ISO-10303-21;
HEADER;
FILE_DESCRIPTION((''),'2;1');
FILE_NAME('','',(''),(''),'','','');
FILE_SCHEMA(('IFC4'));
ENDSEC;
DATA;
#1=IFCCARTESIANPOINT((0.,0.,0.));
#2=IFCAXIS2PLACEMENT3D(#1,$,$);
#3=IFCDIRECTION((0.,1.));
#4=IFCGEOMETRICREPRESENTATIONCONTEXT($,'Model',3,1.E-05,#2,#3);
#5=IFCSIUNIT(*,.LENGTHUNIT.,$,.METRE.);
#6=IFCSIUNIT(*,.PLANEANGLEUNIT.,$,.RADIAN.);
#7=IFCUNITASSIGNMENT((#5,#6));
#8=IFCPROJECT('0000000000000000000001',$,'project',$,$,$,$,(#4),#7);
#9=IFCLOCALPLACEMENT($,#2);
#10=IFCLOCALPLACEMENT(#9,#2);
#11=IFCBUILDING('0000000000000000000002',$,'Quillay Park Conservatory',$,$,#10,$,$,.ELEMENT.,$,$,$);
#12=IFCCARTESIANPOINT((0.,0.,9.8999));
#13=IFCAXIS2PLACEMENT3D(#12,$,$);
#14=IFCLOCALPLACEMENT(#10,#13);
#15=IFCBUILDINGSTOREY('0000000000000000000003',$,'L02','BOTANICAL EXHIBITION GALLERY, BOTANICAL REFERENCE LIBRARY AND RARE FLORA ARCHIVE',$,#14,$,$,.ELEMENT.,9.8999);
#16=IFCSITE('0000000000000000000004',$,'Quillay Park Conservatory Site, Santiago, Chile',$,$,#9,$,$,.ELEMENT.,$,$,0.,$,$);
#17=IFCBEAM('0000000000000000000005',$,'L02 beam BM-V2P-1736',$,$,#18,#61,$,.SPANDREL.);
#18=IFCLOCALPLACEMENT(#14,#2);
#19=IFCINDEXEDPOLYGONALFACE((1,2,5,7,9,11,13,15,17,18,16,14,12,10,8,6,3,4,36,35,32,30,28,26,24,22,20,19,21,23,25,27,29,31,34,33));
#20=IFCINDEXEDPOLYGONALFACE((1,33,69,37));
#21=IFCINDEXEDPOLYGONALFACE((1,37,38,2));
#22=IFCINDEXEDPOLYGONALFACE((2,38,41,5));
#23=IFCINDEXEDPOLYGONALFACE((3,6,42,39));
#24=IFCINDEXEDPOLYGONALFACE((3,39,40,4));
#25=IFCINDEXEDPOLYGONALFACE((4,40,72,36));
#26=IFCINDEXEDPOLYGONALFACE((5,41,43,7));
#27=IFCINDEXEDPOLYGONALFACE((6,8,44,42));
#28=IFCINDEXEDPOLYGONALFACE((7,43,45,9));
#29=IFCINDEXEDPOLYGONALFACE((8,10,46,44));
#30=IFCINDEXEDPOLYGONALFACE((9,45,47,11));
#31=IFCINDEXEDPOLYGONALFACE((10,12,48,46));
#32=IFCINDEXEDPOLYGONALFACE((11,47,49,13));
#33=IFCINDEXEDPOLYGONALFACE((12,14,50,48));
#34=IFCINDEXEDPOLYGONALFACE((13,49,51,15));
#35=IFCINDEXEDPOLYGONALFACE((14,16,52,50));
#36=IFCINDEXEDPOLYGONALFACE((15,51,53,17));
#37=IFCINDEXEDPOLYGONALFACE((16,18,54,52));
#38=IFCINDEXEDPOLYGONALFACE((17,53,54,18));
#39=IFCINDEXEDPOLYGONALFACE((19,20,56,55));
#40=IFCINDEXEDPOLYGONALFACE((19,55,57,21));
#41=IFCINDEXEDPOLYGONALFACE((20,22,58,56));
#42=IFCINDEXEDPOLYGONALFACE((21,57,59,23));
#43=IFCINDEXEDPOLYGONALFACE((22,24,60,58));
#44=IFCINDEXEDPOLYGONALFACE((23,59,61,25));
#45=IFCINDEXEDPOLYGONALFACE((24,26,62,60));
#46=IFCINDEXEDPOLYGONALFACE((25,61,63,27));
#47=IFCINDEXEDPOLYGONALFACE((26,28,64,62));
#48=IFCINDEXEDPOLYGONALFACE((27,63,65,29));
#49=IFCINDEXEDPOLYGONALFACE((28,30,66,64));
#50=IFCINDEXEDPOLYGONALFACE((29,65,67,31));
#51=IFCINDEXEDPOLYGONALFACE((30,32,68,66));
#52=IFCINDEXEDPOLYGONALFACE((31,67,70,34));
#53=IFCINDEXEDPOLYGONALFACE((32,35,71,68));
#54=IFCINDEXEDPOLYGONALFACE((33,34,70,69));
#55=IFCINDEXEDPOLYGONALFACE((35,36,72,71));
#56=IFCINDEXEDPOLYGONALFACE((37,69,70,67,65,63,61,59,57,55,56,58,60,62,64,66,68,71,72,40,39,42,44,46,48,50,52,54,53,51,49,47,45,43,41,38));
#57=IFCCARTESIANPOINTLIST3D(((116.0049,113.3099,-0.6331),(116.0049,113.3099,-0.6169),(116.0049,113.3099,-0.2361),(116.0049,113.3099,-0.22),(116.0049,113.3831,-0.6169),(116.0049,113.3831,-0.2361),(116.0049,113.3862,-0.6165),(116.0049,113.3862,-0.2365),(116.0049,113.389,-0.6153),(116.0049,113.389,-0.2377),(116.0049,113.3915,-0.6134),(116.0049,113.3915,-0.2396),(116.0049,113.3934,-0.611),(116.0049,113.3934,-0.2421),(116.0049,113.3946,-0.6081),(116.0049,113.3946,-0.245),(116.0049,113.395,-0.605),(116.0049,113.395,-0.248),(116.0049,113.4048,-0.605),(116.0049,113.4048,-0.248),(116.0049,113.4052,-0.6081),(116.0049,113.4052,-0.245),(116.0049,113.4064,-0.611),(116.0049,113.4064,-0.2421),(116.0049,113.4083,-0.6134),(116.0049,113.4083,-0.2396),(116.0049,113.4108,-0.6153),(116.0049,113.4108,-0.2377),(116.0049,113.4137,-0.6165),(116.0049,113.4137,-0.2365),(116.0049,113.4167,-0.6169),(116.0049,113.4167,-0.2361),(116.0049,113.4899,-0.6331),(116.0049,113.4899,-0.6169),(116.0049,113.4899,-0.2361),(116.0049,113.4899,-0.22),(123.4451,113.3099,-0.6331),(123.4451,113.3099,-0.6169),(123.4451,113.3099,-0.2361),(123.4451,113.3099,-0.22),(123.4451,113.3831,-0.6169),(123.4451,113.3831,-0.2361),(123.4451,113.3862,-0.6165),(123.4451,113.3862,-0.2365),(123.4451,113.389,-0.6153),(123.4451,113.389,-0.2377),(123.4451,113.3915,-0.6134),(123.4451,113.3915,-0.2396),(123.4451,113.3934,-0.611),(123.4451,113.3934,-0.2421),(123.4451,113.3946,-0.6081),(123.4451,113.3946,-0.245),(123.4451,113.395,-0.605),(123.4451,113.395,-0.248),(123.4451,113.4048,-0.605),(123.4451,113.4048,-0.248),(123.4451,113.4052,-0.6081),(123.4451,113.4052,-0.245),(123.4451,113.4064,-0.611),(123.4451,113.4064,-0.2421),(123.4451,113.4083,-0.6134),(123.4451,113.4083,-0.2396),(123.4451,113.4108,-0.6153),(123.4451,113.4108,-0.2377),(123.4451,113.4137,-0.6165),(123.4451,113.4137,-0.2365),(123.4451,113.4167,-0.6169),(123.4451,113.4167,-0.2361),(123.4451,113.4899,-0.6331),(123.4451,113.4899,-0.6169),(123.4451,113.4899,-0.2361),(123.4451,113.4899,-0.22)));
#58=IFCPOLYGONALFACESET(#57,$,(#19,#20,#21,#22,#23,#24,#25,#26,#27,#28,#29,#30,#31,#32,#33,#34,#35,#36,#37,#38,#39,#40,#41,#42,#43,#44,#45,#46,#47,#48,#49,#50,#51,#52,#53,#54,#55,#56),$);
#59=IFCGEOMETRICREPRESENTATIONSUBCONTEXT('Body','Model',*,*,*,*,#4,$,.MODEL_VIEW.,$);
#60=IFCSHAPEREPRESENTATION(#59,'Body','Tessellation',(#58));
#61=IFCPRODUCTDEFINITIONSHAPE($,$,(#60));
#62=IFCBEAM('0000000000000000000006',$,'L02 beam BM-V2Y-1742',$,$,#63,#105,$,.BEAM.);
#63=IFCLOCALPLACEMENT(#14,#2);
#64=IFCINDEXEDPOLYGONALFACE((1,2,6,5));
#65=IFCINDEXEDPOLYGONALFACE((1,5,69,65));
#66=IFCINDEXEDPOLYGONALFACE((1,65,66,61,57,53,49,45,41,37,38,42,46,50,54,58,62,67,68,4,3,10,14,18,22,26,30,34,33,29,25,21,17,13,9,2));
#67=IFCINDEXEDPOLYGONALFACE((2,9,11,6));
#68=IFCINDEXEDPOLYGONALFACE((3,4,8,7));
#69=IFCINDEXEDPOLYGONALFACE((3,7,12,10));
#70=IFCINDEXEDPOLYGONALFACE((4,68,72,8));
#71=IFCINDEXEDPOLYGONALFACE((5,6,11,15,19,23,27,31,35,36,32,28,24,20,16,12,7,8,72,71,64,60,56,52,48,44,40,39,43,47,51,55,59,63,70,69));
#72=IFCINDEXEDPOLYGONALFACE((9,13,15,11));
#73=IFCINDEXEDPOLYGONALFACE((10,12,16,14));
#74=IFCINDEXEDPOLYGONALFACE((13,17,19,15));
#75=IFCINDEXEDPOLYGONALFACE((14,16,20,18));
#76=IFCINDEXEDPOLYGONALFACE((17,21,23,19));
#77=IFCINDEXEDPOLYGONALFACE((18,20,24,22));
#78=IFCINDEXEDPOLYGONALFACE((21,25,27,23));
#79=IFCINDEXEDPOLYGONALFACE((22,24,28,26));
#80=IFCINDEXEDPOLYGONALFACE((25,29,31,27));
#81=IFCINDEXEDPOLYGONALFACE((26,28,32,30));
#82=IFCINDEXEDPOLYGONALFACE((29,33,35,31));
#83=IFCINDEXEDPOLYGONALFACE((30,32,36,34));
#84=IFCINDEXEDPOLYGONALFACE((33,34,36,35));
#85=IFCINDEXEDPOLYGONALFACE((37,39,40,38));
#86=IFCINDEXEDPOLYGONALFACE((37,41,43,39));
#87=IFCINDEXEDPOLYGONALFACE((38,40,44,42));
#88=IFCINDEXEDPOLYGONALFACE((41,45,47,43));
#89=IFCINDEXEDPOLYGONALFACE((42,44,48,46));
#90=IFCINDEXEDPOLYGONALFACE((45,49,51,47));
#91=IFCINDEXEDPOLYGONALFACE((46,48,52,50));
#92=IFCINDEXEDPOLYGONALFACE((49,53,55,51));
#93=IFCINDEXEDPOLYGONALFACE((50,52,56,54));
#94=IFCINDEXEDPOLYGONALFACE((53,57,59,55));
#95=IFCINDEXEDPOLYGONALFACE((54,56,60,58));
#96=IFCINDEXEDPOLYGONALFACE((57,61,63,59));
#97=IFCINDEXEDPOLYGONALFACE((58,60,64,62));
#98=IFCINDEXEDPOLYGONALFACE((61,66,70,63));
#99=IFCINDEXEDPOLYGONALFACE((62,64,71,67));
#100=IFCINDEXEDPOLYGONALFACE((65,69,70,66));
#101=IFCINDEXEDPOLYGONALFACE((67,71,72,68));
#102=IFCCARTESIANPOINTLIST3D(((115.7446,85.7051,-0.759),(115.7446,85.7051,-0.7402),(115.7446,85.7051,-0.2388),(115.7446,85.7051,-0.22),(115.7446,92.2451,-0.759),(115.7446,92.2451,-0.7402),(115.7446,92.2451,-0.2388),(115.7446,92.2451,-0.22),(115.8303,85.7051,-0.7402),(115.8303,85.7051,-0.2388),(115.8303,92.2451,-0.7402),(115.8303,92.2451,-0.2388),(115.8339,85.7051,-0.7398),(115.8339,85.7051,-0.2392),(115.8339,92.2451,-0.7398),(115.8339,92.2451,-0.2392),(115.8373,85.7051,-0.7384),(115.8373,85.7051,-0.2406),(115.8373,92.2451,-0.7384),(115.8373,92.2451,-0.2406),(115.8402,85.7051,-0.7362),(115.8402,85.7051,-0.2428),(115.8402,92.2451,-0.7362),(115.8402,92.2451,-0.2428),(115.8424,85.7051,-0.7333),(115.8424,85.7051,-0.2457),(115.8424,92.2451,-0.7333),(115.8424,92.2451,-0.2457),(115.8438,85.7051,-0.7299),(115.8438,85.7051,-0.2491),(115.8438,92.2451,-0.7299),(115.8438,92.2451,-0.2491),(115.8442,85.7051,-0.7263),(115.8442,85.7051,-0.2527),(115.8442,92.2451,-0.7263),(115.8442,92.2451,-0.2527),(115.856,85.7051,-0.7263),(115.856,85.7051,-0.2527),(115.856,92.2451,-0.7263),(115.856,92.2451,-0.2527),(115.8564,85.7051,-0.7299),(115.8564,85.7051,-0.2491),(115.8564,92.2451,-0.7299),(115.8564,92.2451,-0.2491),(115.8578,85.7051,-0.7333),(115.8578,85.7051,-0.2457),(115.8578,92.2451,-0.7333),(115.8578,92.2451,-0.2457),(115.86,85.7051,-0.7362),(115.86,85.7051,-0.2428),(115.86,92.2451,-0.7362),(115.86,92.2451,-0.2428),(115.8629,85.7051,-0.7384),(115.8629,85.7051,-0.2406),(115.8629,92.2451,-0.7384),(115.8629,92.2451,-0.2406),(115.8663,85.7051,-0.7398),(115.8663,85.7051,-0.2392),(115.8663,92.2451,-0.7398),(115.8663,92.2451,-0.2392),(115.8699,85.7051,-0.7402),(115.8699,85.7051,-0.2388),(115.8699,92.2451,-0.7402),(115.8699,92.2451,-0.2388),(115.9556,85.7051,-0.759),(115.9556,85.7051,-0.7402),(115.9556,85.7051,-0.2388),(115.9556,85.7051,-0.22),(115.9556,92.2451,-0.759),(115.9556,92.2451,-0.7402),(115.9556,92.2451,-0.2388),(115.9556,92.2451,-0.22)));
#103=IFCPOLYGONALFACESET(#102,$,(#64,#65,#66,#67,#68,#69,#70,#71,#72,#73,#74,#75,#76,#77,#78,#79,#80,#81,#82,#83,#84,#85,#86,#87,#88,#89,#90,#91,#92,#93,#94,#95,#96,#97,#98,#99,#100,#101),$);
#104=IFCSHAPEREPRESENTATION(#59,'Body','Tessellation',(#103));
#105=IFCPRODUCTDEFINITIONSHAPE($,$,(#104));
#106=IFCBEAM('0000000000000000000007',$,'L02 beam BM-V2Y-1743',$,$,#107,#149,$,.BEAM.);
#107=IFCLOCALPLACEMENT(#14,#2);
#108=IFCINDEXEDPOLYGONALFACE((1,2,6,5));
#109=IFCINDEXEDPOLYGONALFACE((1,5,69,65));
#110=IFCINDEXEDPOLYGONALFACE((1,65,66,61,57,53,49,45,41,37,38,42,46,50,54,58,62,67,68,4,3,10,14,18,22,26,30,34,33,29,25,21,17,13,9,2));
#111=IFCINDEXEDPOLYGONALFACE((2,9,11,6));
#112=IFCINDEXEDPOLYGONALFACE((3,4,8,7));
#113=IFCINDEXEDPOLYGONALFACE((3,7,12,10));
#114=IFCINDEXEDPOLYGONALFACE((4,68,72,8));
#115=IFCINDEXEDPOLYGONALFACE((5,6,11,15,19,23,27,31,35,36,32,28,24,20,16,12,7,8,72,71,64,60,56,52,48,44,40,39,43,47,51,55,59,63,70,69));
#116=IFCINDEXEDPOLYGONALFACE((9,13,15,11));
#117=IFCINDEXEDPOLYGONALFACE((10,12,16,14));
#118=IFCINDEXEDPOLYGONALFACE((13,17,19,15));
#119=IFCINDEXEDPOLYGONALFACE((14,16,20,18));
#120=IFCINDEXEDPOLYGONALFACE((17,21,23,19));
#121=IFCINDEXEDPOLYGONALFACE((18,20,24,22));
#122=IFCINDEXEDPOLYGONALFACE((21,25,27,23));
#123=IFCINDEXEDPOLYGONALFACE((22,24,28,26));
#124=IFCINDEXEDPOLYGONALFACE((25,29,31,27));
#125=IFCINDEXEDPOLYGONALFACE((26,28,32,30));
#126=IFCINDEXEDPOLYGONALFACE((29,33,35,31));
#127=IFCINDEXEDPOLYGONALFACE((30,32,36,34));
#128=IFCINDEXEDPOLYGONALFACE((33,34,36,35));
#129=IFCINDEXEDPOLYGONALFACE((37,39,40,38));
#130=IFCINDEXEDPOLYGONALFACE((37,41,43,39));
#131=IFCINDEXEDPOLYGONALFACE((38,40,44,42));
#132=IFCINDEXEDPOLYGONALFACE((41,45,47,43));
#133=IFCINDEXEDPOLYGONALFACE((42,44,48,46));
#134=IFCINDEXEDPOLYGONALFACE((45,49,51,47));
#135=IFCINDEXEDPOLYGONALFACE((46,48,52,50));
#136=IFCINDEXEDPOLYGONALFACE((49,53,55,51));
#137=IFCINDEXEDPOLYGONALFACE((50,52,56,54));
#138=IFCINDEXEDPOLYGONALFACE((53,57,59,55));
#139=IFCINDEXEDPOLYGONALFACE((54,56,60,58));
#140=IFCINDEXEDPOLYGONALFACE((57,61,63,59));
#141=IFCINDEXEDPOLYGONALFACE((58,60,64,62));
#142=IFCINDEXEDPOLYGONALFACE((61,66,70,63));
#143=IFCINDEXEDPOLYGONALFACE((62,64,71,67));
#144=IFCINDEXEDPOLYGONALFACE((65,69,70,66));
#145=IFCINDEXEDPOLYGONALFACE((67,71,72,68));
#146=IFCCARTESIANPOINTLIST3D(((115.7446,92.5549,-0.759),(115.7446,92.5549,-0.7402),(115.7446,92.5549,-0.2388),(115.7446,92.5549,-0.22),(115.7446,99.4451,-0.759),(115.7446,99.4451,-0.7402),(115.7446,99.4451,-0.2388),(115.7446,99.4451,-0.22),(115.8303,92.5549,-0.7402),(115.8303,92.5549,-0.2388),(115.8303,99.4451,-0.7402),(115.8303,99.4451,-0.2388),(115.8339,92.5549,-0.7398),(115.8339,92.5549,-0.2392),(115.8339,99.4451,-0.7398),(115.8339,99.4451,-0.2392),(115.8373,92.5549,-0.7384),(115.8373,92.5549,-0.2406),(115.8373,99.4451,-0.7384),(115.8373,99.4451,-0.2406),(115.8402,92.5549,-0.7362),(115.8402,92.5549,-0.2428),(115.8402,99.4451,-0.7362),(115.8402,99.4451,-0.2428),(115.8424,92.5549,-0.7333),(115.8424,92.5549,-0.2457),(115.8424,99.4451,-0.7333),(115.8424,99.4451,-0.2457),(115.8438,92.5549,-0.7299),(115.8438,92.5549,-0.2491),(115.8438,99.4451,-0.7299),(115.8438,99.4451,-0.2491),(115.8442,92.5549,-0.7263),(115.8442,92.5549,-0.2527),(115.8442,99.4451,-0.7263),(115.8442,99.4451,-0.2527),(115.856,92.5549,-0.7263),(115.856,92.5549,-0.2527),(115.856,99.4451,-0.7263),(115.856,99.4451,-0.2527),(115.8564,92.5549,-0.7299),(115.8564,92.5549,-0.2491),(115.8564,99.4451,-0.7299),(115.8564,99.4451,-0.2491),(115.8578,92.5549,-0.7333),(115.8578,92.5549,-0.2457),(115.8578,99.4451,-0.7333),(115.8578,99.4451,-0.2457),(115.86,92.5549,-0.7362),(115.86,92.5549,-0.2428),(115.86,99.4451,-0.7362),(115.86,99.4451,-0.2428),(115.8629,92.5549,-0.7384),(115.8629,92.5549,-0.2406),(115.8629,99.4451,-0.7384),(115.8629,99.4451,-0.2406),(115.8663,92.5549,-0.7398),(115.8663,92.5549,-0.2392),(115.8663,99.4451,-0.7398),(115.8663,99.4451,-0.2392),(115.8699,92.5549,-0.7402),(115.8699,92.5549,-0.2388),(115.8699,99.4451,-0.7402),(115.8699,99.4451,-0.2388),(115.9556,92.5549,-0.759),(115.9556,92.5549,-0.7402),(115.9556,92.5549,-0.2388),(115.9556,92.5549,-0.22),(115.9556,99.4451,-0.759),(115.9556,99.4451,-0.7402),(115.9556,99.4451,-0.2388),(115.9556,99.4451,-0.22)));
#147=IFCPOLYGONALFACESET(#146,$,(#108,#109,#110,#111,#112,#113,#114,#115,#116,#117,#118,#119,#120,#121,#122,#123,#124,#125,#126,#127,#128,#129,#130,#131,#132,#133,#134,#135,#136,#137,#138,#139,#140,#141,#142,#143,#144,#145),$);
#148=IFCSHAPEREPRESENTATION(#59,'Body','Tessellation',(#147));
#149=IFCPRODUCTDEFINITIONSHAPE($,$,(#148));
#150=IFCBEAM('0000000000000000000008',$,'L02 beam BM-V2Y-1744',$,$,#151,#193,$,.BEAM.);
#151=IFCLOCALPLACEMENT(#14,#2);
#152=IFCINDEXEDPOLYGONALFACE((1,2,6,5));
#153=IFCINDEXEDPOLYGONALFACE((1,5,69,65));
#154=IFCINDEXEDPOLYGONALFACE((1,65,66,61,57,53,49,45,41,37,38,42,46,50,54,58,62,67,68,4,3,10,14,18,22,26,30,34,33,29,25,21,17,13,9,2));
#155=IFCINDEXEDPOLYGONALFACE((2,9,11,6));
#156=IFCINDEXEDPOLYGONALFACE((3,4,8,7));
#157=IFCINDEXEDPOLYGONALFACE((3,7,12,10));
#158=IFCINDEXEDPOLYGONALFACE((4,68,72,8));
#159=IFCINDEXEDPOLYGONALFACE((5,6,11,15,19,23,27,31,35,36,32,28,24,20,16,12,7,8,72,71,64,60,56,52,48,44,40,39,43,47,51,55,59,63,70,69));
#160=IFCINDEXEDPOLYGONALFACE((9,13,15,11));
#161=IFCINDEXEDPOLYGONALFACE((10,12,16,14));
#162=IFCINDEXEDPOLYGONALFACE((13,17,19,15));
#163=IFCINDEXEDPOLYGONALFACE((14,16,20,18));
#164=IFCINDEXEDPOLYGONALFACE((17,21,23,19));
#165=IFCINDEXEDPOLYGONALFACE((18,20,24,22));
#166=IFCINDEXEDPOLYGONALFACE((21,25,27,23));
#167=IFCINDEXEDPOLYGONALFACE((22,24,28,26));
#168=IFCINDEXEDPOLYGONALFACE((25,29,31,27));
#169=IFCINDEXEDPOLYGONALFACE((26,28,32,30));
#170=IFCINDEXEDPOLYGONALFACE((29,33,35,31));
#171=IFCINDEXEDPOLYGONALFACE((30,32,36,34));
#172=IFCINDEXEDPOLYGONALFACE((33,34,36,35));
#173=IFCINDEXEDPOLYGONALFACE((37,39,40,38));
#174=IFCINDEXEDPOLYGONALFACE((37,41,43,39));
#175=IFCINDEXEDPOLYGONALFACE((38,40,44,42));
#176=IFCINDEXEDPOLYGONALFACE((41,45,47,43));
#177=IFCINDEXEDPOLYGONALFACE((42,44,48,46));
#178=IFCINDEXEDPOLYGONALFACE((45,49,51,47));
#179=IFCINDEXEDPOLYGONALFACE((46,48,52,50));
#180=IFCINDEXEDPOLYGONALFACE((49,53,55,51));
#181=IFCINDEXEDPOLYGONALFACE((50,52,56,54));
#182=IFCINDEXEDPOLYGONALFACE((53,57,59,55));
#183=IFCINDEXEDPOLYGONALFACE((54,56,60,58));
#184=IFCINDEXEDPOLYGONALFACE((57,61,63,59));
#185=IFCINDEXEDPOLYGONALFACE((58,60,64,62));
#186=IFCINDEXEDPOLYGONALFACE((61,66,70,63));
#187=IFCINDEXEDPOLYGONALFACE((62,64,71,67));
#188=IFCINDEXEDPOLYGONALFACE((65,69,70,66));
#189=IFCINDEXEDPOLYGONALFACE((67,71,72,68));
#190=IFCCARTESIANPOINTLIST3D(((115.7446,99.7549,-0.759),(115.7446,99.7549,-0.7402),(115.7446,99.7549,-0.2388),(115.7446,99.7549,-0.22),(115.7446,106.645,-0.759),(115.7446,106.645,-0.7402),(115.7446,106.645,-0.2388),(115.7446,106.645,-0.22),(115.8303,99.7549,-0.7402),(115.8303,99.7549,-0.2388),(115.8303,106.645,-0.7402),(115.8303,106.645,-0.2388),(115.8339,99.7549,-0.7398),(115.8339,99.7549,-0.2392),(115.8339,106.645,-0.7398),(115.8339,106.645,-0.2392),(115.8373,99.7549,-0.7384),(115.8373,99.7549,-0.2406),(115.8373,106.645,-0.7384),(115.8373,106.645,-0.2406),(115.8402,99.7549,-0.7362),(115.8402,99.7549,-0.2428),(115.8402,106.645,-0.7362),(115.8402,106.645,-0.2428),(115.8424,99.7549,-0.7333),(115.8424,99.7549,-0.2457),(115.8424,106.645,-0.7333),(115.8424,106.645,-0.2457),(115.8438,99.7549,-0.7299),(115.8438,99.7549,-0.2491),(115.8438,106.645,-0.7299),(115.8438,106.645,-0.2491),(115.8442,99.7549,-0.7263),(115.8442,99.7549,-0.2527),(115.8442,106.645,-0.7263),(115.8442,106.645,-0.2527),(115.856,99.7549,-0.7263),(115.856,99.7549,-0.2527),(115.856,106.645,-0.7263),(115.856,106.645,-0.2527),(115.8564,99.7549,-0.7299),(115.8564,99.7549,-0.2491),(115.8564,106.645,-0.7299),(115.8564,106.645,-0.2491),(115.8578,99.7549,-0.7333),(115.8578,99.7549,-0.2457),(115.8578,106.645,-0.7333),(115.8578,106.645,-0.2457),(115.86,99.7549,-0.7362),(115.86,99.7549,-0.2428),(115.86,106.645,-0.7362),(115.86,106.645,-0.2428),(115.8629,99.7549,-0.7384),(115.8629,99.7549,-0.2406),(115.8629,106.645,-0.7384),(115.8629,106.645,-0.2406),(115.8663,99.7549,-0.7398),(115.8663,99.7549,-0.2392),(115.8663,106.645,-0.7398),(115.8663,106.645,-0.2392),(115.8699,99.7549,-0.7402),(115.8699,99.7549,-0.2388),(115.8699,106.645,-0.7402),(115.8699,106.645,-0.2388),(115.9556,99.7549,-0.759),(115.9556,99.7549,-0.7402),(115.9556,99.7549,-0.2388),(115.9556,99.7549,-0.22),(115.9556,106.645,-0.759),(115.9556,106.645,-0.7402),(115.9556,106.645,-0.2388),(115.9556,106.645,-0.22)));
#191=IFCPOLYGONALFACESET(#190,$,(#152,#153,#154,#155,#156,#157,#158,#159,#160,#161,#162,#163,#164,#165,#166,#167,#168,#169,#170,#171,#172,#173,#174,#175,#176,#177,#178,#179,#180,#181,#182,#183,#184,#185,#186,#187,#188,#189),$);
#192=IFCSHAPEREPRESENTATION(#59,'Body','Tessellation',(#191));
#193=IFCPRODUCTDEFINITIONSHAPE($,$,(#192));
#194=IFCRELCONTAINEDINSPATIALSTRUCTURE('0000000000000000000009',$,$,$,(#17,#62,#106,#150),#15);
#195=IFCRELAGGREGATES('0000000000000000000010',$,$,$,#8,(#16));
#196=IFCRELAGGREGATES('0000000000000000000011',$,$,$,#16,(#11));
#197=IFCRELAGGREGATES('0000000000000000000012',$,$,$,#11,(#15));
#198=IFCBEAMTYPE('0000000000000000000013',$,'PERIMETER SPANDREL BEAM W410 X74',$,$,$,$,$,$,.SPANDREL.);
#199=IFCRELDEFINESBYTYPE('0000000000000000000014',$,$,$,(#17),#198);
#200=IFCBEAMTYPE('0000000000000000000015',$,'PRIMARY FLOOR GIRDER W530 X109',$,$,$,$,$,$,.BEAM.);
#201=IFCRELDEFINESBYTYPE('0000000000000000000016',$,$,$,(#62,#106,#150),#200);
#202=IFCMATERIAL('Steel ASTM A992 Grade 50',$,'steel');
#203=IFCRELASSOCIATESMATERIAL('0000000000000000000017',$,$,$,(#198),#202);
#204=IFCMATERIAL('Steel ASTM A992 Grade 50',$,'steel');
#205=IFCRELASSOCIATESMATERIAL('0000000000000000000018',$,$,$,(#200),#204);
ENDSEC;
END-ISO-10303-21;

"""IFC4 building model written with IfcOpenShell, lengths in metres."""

from ifc_helpers import new_model, si_unit, direction, frame, origin, origin_2d, place, context, subcontext, project, spatial, i_section, extrude, material, material_profile, profile_set, type_object, element, save


model = new_model("IFC4")

# Units and contexts
model_context = context("Model", 3, precision=1e-05, world=origin(), true_north=direction((0.0, 1.0)))
body_context = subcontext(model_context, "Body", "Model", "MODEL_VIEW")
ifc_project = project(units=[si_unit("LENGTHUNIT", "METRE"), si_unit("PLANEANGLEUNIT", "RADIAN")], contexts=[model_context])

# Site, building, storey
site_placement = place(None, origin())
site = spatial("IfcSite", under=ifc_project, at=site_placement, Name="Quillay Park Conservatory Site, Santiago, Chile", CompositionType="ELEMENT", RefElevation=0.0)
building_placement = place(site_placement, origin())
building = spatial("IfcBuilding", under=site, at=building_placement, Name="Quillay Park Conservatory", CompositionType="ELEMENT")
storey_placement = place(building_placement, frame((0.0, 0.0, 9.8999)))
storey = spatial("IfcBuildingStorey", under=building, at=storey_placement, Name="L02", Description="BOTANICAL EXHIBITION GALLERY, BOTANICAL REFERENCE LIBRARY AND RARE FLORA ARCHIVE", CompositionType="ELEMENT", Elevation=9.8999)

# Beams
ifc_material_1 = material(Name="Steel ASTM A992 Grade 50", Category="steel")
ifc_material_profile_1 = material_profile(ifc_material_1, i_section(OverallWidth=0.1799, OverallDepth=0.4131, WebThickness=0.0098, FlangeThickness=0.0161, FilletRadius=0.012, at=origin_2d()), Name="W410x74")
ifc_profile_set_1 = profile_set([ifc_material_profile_1], Name="Steel ASTM A992 Grade 50")
beam_type_1 = type_object("IfcBeamType", Name="PERIMETER SPANDREL BEAM W410 X74", PredefinedType="SPANDREL", material=ifc_profile_set_1)
beam_1_placement = place(storey_placement, frame((116.0049, 113.3999, -0.4265), z_axis=(1.0, 0.0, 0.0), x_axis=(0.0, 1.0, 0.0)))
element("IfcBeam", 1, at=beam_1_placement, inside=storey, type_object=beam_type_1, Name="L02 beam BM-V2P-1736", PredefinedType="SPANDREL", context=body_context, shape_type="SweptSolid", body=[
    extrude(i_section(OverallWidth=0.1799, OverallDepth=0.4131, WebThickness=0.0098, FlangeThickness=0.0161, FilletRadius=0.012, at=origin_2d()), origin(), (0.0, 0.0, 1.0), 7.4402),
])
ifc_material_2 = material(Name="Steel ASTM A992 Grade 50", Category="steel")
ifc_material_profile_2 = material_profile(ifc_material_2, i_section(OverallWidth=0.2109, OverallDepth=0.5391, WebThickness=0.0117, FlangeThickness=0.0188, FilletRadius=0.0139, at=origin_2d()), Name="W530x109")
ifc_profile_set_2 = profile_set([ifc_material_profile_2], Name="Steel ASTM A992 Grade 50")
beam_type_2 = type_object("IfcBeamType", Name="PRIMARY FLOOR GIRDER W530 X109", PredefinedType="BEAM", material=ifc_profile_set_2)
beam_2_placement = place(storey_placement, frame((115.8501, 85.7051, -0.4895), z_axis=(0.0, 1.0, 0.0), x_axis=(-1.0, 0.0, 0.0)))
element("IfcBeam", 2, at=beam_2_placement, inside=storey, type_object=beam_type_2, Name="L02 beam BM-V2Y-1742", PredefinedType="BEAM", context=body_context, shape_type="SweptSolid", body=[
    extrude(i_section(OverallWidth=0.2109, OverallDepth=0.5391, WebThickness=0.0117, FlangeThickness=0.0188, FilletRadius=0.0139, at=origin_2d()), origin(), (0.0, 0.0, 1.0), 6.54),
])
for number, where, z_axis, x_axis, name in (
    (3, (115.8501, 92.5549, -0.4895), (0.0, 1.0, 0.0), (-1.0, 0.0, 0.0), "L02 beam BM-V2Y-1743"),
    (4, (115.8501, 99.7549, -0.4895), (0.0, 1.0, 0.0), (-1.0, 0.0, 0.0), "L02 beam BM-V2Y-1744"),
):
    element("IfcBeam", number, at=place(storey_placement, frame(where, z_axis=z_axis, x_axis=x_axis)), inside=storey, type_object=beam_type_2, Name=name, PredefinedType="BEAM", context=body_context, shape_type="SweptSolid", body=[
        extrude(i_section(OverallWidth=0.2109, OverallDepth=0.5391, WebThickness=0.0117, FlangeThickness=0.0188, FilletRadius=0.0139, at=origin_2d()), origin(), (0.0, 0.0, 1.0), 6.8901),
    ])

save(model, "model.ifc")
